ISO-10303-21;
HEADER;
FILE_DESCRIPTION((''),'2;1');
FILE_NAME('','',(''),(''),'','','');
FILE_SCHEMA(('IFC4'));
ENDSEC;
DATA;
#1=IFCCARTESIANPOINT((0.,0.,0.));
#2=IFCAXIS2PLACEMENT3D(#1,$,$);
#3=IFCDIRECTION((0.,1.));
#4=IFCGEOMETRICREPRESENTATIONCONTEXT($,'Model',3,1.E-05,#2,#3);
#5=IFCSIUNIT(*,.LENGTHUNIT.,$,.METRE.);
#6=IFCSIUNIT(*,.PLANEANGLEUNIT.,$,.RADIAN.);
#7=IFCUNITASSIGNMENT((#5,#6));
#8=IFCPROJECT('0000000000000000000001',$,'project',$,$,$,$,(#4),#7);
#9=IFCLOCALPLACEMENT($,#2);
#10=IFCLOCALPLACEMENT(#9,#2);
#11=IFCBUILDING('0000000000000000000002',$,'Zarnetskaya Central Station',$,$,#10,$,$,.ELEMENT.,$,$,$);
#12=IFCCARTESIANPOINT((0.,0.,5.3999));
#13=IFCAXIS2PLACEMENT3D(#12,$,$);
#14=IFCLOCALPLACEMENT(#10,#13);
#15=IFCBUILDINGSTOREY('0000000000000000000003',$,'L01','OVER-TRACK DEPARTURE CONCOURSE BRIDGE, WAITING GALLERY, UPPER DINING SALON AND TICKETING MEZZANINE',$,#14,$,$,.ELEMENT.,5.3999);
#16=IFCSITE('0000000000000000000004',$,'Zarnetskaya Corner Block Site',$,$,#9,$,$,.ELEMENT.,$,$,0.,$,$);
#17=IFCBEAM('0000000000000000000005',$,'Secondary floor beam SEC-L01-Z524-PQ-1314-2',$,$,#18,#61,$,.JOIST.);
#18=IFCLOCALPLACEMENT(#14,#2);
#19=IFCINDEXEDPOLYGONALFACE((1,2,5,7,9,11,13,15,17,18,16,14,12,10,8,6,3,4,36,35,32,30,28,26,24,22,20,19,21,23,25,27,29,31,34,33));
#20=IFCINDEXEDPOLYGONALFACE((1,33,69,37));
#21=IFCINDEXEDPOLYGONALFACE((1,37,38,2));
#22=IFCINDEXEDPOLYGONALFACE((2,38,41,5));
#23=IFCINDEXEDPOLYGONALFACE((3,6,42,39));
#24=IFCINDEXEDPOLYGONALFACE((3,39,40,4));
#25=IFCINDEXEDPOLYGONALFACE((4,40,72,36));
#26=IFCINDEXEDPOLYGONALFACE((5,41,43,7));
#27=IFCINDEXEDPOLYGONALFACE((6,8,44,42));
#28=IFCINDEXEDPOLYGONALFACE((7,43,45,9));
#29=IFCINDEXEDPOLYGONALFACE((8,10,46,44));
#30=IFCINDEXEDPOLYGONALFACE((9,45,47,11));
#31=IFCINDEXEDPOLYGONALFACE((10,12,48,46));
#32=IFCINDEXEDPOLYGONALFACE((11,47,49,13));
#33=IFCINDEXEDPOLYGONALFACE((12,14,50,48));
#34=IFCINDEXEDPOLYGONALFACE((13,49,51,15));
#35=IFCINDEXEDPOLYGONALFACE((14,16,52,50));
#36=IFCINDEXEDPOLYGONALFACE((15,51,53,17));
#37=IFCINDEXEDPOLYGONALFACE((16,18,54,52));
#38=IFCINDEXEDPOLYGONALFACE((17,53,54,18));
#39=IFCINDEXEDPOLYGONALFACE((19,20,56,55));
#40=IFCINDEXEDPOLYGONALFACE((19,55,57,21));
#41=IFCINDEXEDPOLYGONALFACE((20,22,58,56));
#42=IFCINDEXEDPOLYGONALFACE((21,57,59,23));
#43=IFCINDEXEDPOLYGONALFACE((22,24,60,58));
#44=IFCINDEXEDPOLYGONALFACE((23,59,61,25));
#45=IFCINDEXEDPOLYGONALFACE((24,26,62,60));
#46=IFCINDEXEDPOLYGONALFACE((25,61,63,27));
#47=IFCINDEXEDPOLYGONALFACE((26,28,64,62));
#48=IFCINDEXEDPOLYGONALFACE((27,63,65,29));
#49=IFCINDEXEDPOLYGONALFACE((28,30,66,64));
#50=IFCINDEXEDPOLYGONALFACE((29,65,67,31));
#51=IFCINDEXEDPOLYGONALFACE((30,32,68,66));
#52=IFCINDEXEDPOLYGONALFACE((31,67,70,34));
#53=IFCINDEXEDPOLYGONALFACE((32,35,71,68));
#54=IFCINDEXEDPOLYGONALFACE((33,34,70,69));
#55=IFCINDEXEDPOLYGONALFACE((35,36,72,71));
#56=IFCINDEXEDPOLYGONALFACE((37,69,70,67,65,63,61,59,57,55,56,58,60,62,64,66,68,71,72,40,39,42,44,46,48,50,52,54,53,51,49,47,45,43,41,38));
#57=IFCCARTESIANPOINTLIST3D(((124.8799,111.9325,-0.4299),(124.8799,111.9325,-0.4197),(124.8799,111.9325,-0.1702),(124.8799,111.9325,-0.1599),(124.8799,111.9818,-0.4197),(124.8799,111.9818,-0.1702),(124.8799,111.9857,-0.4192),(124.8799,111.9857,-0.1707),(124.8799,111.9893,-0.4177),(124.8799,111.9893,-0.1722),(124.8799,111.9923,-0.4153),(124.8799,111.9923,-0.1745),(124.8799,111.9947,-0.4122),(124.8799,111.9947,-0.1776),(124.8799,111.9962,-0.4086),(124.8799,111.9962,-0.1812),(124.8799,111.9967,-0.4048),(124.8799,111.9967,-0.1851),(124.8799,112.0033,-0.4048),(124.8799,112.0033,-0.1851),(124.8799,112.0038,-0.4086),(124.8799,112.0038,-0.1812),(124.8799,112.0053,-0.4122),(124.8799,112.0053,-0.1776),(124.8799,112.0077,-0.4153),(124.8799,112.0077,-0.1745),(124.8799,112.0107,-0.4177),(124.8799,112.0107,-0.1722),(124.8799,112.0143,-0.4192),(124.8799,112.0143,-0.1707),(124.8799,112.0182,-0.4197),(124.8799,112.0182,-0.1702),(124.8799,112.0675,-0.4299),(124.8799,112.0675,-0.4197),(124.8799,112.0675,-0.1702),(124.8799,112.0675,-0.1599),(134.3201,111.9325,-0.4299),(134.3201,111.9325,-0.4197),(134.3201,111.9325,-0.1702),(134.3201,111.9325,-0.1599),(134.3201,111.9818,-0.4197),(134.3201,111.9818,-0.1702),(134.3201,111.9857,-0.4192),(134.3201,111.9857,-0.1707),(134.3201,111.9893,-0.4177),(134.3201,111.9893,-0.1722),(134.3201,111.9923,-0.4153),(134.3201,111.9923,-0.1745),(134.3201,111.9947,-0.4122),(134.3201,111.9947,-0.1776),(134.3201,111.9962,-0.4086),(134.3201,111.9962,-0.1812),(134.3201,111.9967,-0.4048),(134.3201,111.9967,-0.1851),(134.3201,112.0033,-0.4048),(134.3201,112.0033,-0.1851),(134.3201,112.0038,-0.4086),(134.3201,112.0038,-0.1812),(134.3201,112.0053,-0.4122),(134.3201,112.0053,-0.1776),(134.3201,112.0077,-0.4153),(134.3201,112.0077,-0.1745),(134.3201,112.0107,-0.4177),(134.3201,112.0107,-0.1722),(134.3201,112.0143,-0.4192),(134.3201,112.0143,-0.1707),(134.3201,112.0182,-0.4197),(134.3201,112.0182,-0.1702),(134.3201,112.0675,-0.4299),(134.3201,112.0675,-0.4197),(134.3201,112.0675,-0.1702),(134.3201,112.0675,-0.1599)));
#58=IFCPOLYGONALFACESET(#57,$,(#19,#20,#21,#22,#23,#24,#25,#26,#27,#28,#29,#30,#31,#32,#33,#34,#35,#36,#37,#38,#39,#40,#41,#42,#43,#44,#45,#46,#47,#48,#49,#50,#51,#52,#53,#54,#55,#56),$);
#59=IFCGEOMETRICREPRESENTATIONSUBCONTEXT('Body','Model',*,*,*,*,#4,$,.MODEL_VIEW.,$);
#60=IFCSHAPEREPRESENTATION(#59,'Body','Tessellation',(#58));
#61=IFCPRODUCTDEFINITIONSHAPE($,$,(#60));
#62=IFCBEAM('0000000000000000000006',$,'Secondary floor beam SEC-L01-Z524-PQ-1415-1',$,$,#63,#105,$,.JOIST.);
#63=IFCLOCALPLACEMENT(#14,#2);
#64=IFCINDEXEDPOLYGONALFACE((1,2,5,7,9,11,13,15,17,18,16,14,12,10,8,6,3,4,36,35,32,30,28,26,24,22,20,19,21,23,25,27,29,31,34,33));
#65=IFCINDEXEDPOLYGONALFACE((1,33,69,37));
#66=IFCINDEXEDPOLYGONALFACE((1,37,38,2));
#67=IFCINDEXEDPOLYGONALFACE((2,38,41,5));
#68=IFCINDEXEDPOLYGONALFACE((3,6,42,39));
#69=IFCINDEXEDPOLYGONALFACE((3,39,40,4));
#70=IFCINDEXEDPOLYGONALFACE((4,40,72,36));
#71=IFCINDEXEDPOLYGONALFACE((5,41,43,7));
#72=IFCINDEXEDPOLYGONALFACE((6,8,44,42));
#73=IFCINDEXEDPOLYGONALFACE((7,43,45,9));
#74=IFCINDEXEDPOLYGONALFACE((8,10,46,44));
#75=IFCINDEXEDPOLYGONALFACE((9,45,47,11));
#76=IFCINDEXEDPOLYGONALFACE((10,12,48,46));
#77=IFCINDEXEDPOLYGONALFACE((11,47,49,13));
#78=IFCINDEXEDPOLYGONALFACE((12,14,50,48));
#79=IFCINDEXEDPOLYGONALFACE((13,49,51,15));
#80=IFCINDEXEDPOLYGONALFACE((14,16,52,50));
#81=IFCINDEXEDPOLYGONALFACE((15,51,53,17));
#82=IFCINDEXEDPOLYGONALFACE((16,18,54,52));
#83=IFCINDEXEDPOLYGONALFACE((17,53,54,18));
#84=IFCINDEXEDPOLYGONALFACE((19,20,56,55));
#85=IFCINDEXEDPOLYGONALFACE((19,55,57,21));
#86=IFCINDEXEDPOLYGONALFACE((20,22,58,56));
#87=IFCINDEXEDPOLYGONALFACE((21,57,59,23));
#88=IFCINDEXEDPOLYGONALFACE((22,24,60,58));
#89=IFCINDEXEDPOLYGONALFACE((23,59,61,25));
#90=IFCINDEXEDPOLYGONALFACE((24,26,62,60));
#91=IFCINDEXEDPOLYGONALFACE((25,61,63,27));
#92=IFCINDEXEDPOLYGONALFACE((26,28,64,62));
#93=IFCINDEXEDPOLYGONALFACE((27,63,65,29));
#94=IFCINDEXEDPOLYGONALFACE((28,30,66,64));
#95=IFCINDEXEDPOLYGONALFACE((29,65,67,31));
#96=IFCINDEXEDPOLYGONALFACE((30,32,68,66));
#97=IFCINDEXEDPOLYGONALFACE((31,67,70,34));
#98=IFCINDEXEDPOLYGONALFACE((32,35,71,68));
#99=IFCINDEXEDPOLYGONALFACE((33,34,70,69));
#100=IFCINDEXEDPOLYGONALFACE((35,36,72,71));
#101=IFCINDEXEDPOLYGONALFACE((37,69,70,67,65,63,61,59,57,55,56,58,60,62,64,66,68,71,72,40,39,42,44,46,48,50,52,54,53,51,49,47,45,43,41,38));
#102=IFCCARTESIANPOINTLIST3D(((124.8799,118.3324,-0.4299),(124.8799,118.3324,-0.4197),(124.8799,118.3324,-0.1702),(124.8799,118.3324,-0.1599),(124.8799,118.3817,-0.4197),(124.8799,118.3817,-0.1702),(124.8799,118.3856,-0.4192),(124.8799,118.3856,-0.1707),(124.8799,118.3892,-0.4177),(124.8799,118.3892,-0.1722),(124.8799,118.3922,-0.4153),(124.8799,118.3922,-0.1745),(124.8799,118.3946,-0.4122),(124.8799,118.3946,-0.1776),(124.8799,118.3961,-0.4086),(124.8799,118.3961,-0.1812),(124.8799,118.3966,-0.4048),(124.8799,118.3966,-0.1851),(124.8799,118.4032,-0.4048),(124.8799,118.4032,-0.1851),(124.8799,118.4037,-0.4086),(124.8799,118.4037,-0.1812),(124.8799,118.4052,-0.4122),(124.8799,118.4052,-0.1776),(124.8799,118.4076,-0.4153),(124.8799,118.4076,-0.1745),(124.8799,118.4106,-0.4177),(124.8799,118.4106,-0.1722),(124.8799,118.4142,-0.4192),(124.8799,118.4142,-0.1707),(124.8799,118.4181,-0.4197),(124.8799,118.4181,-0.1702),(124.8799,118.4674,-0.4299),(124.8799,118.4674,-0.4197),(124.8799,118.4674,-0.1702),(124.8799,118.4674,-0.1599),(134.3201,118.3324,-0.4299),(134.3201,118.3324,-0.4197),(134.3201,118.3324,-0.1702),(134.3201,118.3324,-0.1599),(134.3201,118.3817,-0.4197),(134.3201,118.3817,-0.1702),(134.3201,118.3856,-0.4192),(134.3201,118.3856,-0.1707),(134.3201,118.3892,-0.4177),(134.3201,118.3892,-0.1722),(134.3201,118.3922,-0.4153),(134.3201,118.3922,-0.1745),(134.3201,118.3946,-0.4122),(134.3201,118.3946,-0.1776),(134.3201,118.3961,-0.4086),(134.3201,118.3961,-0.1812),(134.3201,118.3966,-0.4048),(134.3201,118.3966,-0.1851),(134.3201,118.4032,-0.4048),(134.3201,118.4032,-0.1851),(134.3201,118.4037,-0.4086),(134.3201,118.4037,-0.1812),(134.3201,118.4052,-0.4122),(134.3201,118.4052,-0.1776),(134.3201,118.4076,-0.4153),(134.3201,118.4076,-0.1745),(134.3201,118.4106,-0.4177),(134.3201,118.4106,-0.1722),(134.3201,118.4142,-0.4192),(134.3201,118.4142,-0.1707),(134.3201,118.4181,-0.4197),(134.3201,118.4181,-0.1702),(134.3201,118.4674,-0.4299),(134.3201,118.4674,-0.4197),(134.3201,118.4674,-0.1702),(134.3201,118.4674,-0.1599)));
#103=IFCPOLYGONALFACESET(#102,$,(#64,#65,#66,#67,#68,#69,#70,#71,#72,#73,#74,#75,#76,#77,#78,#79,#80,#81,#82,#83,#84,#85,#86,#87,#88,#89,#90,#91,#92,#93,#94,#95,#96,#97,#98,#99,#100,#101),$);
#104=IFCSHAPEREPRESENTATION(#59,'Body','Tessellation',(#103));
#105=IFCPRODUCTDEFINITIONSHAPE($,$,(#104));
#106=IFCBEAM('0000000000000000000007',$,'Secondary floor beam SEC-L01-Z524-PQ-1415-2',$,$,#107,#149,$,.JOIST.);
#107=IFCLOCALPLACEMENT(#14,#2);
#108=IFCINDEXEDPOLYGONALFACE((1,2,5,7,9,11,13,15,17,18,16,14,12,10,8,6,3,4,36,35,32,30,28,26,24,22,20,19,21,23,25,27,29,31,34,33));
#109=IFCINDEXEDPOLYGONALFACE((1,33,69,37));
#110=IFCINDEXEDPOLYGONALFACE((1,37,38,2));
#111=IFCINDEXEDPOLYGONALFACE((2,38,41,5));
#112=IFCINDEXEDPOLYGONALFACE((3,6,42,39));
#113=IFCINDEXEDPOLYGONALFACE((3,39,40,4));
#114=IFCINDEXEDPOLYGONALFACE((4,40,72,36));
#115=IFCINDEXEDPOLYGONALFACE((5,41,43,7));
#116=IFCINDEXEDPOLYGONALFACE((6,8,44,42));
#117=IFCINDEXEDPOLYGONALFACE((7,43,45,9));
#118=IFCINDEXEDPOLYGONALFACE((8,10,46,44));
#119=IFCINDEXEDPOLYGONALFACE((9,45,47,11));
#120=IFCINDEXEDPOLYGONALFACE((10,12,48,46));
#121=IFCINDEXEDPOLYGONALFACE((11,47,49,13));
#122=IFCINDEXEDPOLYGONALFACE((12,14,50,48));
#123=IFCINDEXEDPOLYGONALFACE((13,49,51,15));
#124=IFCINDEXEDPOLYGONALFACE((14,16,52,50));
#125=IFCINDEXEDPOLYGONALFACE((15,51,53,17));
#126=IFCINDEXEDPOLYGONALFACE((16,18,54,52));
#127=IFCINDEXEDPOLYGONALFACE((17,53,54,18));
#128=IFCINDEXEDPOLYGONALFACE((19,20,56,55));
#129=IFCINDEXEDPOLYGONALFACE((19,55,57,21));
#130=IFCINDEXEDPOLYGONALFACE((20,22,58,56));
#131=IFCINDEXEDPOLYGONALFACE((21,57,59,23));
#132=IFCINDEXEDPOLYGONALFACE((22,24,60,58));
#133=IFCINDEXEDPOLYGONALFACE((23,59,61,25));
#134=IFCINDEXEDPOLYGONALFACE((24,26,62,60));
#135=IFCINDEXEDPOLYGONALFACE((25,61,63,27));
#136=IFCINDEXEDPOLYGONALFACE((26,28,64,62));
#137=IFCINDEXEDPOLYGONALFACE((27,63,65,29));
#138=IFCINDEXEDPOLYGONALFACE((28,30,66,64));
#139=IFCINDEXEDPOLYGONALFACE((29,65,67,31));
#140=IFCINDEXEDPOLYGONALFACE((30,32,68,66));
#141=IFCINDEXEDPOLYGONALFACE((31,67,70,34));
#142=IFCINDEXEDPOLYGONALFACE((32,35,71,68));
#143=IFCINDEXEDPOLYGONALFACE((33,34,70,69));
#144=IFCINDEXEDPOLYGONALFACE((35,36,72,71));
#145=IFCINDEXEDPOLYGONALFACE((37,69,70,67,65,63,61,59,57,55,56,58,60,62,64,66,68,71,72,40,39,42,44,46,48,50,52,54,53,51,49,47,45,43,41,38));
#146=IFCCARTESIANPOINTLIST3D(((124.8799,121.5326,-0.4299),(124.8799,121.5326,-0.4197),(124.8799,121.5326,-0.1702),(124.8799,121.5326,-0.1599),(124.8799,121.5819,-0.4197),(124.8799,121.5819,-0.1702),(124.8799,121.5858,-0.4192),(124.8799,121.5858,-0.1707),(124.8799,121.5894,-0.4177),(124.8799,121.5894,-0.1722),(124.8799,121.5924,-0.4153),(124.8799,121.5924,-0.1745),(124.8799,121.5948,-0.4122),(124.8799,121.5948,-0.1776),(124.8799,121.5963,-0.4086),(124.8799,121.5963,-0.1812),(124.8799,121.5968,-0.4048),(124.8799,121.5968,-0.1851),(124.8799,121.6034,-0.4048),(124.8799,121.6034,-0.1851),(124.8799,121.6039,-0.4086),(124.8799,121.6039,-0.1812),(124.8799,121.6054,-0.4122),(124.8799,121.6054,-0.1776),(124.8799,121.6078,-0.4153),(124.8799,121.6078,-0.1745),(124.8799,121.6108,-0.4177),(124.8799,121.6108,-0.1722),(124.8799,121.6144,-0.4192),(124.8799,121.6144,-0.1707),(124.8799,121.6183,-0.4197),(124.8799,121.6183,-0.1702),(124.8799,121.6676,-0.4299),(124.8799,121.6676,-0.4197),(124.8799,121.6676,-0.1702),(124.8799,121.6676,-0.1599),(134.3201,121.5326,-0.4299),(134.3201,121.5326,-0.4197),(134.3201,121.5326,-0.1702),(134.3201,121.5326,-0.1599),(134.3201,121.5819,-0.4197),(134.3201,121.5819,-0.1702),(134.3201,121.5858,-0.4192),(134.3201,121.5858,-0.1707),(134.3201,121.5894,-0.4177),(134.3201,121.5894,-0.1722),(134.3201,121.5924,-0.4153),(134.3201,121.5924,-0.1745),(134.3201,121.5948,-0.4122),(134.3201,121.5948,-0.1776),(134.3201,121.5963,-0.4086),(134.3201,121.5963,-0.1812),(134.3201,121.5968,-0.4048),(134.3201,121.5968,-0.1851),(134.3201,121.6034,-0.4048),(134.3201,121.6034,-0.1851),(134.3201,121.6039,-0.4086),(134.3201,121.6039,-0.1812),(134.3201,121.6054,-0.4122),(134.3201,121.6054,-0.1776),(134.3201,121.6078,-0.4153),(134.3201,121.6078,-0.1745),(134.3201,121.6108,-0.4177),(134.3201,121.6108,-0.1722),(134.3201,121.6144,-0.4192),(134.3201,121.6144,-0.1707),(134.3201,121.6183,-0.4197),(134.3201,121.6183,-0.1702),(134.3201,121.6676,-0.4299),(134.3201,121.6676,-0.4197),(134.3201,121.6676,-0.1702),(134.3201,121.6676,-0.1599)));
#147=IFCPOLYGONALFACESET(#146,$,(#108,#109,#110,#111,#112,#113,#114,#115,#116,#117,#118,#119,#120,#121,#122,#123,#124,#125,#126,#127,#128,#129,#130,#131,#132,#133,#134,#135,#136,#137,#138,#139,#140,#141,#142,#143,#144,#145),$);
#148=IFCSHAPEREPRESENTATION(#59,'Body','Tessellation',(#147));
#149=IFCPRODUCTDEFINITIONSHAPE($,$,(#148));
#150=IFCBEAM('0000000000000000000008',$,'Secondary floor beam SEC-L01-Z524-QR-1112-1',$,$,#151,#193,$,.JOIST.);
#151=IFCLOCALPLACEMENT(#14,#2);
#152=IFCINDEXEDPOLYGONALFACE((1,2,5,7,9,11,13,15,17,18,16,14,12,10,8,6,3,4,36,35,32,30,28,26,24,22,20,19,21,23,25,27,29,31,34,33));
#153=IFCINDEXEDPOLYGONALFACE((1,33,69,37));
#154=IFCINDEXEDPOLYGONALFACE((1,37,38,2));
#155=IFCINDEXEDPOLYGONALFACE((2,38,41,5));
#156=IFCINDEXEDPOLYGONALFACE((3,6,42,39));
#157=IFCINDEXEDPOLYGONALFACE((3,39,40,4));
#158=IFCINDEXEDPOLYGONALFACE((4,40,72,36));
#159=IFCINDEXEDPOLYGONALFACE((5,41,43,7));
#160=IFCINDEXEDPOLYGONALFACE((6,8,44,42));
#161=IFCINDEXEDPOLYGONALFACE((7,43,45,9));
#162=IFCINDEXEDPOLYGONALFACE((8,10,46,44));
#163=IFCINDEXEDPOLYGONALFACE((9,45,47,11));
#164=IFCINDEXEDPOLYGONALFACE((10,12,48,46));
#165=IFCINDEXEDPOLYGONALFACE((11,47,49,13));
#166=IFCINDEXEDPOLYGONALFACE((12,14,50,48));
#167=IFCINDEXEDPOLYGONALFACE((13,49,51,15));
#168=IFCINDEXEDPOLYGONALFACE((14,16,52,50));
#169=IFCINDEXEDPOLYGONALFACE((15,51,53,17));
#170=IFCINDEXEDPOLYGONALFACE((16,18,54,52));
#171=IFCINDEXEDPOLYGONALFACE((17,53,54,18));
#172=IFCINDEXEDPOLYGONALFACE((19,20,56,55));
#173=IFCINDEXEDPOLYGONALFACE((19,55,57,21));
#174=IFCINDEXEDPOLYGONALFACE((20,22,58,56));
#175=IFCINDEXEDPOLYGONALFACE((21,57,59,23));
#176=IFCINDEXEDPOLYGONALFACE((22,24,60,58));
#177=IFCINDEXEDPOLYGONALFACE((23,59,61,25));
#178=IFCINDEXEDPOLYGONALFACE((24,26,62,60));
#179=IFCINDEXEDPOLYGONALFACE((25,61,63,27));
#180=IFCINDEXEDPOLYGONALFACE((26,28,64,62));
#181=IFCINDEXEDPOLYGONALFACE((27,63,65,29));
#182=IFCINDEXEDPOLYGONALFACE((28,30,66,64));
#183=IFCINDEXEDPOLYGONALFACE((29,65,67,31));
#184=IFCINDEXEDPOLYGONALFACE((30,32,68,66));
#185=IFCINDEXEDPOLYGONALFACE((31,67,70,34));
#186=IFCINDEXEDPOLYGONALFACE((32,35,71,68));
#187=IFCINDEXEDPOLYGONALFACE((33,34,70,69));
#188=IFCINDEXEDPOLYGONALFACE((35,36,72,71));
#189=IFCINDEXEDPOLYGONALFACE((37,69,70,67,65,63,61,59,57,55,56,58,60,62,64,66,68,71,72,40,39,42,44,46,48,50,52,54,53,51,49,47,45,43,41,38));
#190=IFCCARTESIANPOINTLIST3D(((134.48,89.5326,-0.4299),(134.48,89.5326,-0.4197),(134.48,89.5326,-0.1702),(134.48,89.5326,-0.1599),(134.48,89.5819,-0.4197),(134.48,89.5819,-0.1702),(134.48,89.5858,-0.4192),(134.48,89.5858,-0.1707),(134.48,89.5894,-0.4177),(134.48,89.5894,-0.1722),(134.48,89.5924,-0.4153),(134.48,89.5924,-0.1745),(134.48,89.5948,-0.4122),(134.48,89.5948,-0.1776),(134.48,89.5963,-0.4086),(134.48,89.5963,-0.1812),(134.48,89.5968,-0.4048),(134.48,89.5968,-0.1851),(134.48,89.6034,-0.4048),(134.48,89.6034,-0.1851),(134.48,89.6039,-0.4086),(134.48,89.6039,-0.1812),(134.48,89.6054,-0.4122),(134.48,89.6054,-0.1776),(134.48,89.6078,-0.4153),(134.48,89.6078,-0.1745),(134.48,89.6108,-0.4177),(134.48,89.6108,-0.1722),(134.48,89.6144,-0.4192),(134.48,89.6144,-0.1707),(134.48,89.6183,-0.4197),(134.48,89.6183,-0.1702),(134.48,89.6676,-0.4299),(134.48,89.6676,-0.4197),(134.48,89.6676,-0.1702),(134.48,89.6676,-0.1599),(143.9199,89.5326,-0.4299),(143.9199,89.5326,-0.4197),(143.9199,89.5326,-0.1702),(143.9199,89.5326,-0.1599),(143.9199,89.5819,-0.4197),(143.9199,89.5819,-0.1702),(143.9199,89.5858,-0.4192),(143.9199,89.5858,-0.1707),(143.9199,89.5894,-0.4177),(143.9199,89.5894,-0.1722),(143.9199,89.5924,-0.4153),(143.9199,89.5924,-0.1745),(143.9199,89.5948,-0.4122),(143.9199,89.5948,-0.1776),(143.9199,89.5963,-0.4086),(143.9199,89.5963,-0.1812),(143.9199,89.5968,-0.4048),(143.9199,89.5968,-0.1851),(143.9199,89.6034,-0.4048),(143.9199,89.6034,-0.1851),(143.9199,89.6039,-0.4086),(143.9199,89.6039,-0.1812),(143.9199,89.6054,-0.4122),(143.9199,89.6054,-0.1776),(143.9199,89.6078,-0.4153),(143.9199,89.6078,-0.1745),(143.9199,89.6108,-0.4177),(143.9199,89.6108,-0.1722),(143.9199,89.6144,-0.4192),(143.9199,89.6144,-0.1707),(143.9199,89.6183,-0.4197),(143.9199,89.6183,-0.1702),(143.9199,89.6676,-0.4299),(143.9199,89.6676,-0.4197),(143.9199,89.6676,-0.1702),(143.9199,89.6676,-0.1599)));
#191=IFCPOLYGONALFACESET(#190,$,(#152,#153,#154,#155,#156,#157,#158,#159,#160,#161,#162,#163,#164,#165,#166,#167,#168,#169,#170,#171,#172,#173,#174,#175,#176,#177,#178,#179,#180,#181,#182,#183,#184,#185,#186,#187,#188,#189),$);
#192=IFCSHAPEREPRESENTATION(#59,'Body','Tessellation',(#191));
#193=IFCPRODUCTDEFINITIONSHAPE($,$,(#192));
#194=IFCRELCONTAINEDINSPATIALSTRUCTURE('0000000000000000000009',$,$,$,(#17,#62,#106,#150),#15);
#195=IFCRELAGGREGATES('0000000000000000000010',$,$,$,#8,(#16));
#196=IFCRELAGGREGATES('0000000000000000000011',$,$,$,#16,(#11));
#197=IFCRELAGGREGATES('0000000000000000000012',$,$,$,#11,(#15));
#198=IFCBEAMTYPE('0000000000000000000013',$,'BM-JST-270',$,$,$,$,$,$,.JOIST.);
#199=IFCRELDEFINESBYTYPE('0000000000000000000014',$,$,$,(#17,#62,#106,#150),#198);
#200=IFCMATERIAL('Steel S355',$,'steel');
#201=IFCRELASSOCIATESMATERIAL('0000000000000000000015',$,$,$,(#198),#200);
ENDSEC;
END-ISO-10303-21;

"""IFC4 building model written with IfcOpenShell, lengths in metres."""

from ifc_helpers import new_model, si_unit, direction, frame, origin, origin_2d, place, context, subcontext, project, spatial, i_section, extrude, material, material_profile, profile_set, type_object, element, save


model = new_model("IFC4")

# Units and contexts
model_context = context("Model", 3, precision=1e-05, world=origin(), true_north=direction((0.0, 1.0)))
body_context = subcontext(model_context, "Body", "Model", "MODEL_VIEW")
ifc_project = project(units=[si_unit("LENGTHUNIT", "METRE"), si_unit("PLANEANGLEUNIT", "RADIAN")], contexts=[model_context])

# Site, building, storey
site_placement = place(None, origin())
site = spatial("IfcSite", under=ifc_project, at=site_placement, Name="Zarnetskaya Corner Block Site", CompositionType="ELEMENT", RefElevation=0.0)
building_placement = place(site_placement, origin())
building = spatial("IfcBuilding", under=site, at=building_placement, Name="Zarnetskaya Central Station", CompositionType="ELEMENT")
storey_placement = place(building_placement, frame((0.0, 0.0, 5.3999)))
storey = spatial("IfcBuildingStorey", under=building, at=storey_placement, Name="L01", Description="OVER-TRACK DEPARTURE CONCOURSE BRIDGE, WAITING GALLERY, UPPER DINING SALON AND TICKETING MEZZANINE", CompositionType="ELEMENT", Elevation=5.3999)

# Shared definitions
ifc_material = material(Name="Steel S355", Category="steel")

# Beams
ifc_material_profile_1 = material_profile(ifc_material, i_section(OverallWidth=0.135, OverallDepth=0.27, WebThickness=0.0066, FlangeThickness=0.0103, FilletRadius=0.0149, at=origin_2d()), Name="IPE 270")
ifc_profile_set_1 = profile_set([ifc_material_profile_1], Name="Steel S355")
beam_type_1 = type_object("IfcBeamType", Name="BM-JST-270", PredefinedType="JOIST", material=ifc_profile_set_1)
for number, where, z_axis, x_axis, name in (
    (1, (124.8799, 112.0, -0.2949), (1.0, 0.0, 0.0), (0.0, 1.0, 0.0), "Secondary floor beam SEC-L01-Z524-PQ-1314-2"),
    (2, (124.8799, 118.3999, -0.2949), (1.0, 0.0, 0.0), (0.0, 1.0, 0.0), "Secondary floor beam SEC-L01-Z524-PQ-1415-1"),
    (3, (124.8799, 121.6001, -0.2949), (1.0, 0.0, 0.0), (0.0, 1.0, 0.0), "Secondary floor beam SEC-L01-Z524-PQ-1415-2"),
):
    element("IfcBeam", number, at=place(storey_placement, frame(where, z_axis=z_axis, x_axis=x_axis)), inside=storey, type_object=beam_type_1, Name=name, PredefinedType="JOIST", context=body_context, shape_type="SweptSolid", body=[
        extrude(i_section(OverallWidth=0.135, OverallDepth=0.27, WebThickness=0.0066, FlangeThickness=0.0103, FilletRadius=0.0149, at=origin_2d()), origin(), (0.0, 0.0, 1.0), 9.4402),
    ])
for number, where, z_axis, x_axis, name in (
    (4, (134.48, 89.6001, -0.2949), (1.0, 0.0, 0.0), (0.0, 1.0, 0.0), "Secondary floor beam SEC-L01-Z524-QR-1112-1"),
):
    element("IfcBeam", number, at=place(storey_placement, frame(where, z_axis=z_axis, x_axis=x_axis)), inside=storey, type_object=beam_type_1, Name=name, PredefinedType="JOIST", context=body_context, shape_type="SweptSolid", body=[
        extrude(i_section(OverallWidth=0.135, OverallDepth=0.27, WebThickness=0.0066, FlangeThickness=0.0103, FilletRadius=0.0149, at=origin_2d()), origin(), (0.0, 0.0, 1.0), 9.4399),
    ])

save(model, "model.ifc")
